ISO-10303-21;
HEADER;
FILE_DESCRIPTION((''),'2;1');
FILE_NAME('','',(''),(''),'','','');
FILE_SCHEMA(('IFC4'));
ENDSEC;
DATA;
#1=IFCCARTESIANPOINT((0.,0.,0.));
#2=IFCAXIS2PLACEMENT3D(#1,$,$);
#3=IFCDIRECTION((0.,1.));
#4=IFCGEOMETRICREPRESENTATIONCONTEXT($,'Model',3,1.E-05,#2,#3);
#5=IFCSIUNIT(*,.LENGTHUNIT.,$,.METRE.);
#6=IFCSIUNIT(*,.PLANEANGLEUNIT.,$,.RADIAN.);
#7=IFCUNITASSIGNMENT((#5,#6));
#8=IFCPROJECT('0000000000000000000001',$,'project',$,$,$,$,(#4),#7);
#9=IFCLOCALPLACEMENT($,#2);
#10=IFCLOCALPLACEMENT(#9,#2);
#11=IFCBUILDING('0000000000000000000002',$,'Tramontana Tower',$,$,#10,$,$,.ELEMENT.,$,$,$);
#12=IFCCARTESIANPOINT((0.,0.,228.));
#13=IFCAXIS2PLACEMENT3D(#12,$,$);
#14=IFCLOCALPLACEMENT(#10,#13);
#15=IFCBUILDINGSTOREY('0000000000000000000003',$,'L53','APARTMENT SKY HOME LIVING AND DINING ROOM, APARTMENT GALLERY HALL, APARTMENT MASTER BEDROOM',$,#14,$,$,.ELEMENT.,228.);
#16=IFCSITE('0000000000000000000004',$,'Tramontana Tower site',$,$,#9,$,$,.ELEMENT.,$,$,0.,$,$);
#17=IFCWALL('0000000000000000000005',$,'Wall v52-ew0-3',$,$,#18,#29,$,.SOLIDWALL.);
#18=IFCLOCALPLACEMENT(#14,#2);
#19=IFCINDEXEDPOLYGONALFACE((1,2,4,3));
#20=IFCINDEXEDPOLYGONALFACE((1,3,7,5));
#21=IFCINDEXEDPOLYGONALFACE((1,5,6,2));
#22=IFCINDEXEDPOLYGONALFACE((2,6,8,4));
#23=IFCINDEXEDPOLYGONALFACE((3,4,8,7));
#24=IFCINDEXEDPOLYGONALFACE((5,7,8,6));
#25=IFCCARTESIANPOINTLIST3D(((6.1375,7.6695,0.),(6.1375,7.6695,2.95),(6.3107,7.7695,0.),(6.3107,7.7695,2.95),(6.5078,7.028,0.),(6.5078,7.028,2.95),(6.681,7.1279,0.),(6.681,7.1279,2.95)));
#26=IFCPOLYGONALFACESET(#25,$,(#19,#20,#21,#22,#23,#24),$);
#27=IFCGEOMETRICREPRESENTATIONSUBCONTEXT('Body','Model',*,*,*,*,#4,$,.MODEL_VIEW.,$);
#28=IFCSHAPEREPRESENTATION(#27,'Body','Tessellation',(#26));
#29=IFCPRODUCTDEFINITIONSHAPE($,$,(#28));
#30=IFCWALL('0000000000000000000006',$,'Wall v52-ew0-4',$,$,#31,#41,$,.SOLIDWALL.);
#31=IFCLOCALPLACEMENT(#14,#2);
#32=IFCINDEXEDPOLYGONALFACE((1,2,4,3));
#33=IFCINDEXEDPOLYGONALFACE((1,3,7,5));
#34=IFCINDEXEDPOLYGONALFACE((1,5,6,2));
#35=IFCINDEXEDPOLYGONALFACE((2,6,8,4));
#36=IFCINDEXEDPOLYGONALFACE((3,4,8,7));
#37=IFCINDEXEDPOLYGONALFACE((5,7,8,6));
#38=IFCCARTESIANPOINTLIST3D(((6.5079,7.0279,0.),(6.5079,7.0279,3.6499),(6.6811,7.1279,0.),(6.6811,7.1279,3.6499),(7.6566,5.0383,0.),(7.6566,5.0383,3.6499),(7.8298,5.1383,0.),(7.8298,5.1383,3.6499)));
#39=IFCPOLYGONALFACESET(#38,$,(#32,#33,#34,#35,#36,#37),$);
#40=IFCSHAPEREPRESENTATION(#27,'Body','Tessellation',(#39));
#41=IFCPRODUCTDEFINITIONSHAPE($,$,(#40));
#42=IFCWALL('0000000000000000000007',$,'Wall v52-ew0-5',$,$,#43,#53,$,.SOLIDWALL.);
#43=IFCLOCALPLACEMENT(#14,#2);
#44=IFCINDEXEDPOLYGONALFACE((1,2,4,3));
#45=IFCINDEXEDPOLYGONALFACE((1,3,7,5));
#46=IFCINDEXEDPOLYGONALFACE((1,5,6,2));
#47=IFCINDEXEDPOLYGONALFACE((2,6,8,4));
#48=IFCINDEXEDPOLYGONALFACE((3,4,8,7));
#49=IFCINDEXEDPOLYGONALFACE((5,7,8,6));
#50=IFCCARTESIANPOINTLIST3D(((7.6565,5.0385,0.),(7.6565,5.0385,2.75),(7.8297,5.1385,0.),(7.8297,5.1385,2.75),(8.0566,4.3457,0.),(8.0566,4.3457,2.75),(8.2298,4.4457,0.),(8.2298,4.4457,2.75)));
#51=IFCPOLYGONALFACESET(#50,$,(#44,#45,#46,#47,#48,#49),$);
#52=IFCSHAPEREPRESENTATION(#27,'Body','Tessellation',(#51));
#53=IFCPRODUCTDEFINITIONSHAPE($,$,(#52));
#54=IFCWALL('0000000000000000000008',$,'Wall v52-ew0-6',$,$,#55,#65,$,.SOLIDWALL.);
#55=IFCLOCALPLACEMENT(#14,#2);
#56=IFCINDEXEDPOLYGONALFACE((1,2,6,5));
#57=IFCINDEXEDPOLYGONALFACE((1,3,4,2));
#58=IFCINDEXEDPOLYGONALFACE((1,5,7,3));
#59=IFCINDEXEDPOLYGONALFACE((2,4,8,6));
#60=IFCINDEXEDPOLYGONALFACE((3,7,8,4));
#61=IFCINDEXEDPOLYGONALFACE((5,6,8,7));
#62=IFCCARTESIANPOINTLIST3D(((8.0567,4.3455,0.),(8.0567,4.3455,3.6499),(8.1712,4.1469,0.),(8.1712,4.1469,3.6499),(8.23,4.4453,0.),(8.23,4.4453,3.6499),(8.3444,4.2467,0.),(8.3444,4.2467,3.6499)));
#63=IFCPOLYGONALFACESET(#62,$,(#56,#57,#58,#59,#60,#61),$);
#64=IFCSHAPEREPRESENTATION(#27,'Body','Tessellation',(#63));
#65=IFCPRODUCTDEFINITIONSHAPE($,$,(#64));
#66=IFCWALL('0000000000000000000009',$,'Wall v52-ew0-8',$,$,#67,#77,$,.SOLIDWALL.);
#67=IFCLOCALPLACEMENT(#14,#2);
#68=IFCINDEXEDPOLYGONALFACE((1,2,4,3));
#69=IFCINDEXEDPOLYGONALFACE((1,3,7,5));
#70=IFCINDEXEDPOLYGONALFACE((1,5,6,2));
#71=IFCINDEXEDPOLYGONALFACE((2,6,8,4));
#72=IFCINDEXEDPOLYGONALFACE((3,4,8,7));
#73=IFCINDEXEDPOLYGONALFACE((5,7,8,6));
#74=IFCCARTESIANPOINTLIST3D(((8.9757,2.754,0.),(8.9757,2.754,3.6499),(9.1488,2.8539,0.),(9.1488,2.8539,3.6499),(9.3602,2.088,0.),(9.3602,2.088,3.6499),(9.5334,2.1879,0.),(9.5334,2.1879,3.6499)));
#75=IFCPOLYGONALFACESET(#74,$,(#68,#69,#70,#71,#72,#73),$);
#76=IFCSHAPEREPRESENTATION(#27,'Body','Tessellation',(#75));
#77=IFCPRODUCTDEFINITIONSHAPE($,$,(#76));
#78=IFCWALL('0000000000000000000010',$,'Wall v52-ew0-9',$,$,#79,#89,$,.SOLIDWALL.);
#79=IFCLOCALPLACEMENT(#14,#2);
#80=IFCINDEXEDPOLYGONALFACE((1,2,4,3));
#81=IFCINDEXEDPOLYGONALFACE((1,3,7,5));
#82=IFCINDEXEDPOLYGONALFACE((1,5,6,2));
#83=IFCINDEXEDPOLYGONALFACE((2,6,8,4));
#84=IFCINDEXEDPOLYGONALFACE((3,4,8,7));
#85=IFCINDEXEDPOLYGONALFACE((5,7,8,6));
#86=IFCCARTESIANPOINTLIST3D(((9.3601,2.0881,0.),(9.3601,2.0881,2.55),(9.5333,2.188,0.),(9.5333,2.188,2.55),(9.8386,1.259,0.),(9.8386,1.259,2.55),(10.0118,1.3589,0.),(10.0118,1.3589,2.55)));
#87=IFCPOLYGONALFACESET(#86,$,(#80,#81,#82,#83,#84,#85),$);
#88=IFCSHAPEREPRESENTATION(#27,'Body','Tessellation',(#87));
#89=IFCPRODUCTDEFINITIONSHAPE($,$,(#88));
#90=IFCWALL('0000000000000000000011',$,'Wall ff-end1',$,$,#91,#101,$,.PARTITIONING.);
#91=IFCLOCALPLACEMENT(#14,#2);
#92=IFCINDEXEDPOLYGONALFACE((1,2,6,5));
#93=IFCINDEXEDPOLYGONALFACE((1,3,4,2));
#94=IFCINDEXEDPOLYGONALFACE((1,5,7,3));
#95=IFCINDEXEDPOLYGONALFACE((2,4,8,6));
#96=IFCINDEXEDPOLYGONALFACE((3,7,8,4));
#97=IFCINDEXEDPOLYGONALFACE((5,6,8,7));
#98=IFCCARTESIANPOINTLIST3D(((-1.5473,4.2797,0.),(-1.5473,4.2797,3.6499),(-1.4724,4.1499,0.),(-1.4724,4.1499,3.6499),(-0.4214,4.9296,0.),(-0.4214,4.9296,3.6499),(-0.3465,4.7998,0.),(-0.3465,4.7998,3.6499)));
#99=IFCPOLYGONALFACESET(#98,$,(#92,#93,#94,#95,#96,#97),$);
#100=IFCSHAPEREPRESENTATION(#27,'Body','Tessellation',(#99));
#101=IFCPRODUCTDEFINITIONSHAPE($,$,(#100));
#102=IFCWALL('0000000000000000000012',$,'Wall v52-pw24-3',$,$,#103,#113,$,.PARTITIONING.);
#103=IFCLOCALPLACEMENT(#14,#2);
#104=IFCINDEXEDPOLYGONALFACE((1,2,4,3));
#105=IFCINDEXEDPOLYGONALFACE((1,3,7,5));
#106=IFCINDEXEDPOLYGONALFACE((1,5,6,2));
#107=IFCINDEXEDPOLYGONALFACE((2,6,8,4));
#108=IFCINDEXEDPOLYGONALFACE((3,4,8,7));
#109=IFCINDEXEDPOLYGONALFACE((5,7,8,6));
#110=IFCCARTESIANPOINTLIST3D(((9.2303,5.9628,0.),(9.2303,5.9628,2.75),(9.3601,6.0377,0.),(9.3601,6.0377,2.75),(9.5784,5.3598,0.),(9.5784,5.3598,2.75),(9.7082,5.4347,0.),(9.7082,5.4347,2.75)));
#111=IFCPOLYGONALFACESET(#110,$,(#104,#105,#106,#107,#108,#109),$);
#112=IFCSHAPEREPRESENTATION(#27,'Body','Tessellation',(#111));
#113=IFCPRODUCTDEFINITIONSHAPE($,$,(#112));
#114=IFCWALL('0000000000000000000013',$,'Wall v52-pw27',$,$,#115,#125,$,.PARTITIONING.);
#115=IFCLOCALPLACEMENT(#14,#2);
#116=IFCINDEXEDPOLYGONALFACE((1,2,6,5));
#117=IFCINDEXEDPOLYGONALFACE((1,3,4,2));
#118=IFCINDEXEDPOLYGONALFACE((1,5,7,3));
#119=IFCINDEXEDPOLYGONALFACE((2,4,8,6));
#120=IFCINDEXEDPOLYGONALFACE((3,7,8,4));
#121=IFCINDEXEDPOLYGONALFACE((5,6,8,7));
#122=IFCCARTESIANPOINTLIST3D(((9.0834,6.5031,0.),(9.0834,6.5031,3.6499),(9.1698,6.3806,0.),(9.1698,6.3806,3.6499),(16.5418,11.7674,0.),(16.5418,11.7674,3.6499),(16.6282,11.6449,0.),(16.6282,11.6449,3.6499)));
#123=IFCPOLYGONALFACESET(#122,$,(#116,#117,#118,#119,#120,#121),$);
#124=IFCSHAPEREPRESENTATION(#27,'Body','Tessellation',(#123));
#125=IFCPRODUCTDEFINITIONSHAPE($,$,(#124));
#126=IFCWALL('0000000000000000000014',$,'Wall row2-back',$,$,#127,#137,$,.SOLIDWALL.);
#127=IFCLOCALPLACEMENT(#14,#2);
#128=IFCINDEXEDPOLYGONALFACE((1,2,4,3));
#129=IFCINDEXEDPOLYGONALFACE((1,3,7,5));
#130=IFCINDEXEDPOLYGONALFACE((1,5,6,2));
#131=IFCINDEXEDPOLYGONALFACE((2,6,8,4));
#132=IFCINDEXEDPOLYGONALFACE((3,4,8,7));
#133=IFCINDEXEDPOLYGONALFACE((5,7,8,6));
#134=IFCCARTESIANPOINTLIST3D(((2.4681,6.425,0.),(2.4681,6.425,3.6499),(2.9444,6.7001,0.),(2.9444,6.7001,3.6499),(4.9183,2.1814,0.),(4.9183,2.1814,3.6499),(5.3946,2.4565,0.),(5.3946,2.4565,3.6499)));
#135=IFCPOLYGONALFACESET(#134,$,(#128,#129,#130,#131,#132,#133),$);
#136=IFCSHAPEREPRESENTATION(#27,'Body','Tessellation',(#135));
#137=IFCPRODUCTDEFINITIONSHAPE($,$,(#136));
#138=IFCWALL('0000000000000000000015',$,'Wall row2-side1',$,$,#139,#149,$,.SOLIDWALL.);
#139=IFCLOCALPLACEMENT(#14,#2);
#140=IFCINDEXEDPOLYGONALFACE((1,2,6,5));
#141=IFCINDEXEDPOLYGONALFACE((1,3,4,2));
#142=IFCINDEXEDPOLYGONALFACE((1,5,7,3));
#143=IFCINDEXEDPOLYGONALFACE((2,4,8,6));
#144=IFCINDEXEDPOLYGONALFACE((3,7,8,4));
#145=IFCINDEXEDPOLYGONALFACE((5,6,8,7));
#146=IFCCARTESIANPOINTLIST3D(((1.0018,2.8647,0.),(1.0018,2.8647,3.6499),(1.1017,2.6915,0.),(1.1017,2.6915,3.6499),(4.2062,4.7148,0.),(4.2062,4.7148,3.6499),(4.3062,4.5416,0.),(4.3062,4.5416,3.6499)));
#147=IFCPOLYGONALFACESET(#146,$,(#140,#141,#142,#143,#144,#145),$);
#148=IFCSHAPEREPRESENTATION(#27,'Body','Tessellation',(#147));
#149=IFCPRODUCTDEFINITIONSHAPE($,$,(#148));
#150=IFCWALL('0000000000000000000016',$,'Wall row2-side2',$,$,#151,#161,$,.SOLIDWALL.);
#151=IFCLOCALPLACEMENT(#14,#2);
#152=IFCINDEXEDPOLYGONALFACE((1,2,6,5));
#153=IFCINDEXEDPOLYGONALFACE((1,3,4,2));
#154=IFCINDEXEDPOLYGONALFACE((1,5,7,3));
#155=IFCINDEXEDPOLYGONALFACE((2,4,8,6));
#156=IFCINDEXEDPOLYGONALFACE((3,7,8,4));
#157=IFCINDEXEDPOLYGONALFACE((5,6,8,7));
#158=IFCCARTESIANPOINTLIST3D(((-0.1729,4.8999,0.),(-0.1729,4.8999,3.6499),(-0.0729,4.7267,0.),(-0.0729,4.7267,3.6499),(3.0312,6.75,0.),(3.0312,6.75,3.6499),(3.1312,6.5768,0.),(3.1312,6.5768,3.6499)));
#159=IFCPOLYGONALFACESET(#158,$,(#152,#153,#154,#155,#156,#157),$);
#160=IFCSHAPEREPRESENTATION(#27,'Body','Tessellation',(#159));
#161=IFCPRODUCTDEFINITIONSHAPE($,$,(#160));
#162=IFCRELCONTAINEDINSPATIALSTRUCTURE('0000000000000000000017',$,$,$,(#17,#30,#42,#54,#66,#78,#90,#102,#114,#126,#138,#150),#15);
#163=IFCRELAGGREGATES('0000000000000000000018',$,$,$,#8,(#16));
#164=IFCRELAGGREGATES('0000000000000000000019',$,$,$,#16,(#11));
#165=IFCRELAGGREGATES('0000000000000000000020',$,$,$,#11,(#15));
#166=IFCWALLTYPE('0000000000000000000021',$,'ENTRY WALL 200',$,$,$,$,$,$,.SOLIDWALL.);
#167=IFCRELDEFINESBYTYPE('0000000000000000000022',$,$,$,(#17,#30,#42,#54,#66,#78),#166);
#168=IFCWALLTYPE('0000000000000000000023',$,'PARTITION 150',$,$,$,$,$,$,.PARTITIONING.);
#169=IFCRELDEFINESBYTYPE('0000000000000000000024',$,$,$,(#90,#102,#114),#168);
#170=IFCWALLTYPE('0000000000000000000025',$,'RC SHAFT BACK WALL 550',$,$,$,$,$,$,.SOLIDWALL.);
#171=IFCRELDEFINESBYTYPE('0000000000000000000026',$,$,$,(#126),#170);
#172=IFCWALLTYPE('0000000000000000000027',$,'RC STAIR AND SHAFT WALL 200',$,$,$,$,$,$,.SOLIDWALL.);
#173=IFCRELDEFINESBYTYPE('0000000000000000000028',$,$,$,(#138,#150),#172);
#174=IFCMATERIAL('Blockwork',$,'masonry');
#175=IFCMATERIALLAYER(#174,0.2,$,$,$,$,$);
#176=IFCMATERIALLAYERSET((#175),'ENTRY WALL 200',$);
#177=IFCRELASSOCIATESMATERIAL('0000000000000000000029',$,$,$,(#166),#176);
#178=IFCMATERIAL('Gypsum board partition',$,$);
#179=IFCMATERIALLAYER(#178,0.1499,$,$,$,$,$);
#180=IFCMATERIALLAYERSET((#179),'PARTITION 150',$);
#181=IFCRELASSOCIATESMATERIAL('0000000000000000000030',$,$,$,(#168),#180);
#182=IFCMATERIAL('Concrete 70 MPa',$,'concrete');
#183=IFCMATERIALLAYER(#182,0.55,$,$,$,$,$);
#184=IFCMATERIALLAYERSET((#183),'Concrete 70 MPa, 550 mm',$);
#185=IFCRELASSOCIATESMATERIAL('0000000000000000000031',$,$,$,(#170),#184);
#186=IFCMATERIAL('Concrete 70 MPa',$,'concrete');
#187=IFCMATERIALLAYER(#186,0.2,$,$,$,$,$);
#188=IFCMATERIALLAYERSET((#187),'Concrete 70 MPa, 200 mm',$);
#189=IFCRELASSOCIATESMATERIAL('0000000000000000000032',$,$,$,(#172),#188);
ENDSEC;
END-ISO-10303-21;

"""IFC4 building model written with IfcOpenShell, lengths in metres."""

from ifc_helpers import new_model, si_unit, direction, frame, frame_2d, origin, place, context, subcontext, project, spatial, rectangle, extrude, material, layer, layer_set, type_object, element, save


model = new_model("IFC4")

# Units and contexts
model_context = context("Model", 3, precision=1e-05, world=origin(), true_north=direction((0.0, 1.0)))
body_context = subcontext(model_context, "Body", "Model", "MODEL_VIEW")
ifc_project = project(units=[si_unit("LENGTHUNIT", "METRE"), si_unit("PLANEANGLEUNIT", "RADIAN")], contexts=[model_context])

# Site, building, storey
site_placement = place(None, origin())
site = spatial("IfcSite", under=ifc_project, at=site_placement, Name="Tramontana Tower site", CompositionType="ELEMENT", RefElevation=0.0)
building_placement = place(site_placement, origin())
building = spatial("IfcBuilding", under=site, at=building_placement, Name="Tramontana Tower", CompositionType="ELEMENT")
storey_placement = place(building_placement, frame((0.0, 0.0, 228.0)))
storey = spatial("IfcBuildingStorey", under=building, at=storey_placement, Name="L53", Description="APARTMENT SKY HOME LIVING AND DINING ROOM, APARTMENT GALLERY HALL, APARTMENT MASTER BEDROOM", CompositionType="ELEMENT", Elevation=228.0)

# Walls
ifc_material_1 = material(Name="Blockwork", Category="masonry")
ifc_layer_1 = layer(ifc_material_1, 0.2)
ifc_layer_set_1 = layer_set([ifc_layer_1], Name="ENTRY WALL 200")
wall_type_1 = type_object("IfcWallType", Name="ENTRY WALL 200", PredefinedType="SOLIDWALL", material=ifc_layer_set_1)
wall_1_placement = place(storey_placement, frame((6.2241, 7.7195, 0.0), z_axis=(0.0, 0.0, 1.0), x_axis=(0.499932, -0.866065, 0.0)))
element("IfcWall", 1, at=wall_1_placement, inside=storey, type_object=wall_type_1, Name="Wall v52-ew0-3", PredefinedType="SOLIDWALL", context=body_context, shape_type="SweptSolid", body=[
    extrude(rectangle(XDim=0.7407, YDim=0.2, at=frame_2d((0.3704, 0.0))), origin(), (0.0, 0.0, 1.0), 2.95),
])
wall_2_placement = place(storey_placement, frame((6.5945, 7.0779, 0.0), z_axis=(0.0, 0.0, 1.0), x_axis=(0.500014, -0.866017, 0.0)))
element("IfcWall", 2, at=wall_2_placement, inside=storey, type_object=wall_type_1, Name="Wall v52-ew0-4", PredefinedType="SOLIDWALL", context=body_context, shape_type="SweptSolid", body=[
    extrude(rectangle(XDim=2.2974, YDim=0.2, at=frame_2d((1.1487, 0.0))), origin(), (0.0, 0.0, 1.0), 3.6499),
])
wall_3_placement = place(storey_placement, frame((7.7432, 5.0884, 0.0), z_axis=(0.0, 0.0, 1.0), x_axis=(0.50011, -0.865962, 0.0)))
element("IfcWall", 3, at=wall_3_placement, inside=storey, type_object=wall_type_1, Name="Wall v52-ew0-5", PredefinedType="SOLIDWALL", context=body_context, shape_type="SweptSolid", body=[
    extrude(rectangle(XDim=0.8, YDim=0.2, at=frame_2d((0.3999, 0.0))), origin(), (0.0, 0.0, 1.0), 2.75),
])
wall_4_placement = place(storey_placement, frame((8.1433, 4.3955, 0.0), z_axis=(0.0, 0.0, 1.0), x_axis=(0.499231, -0.866469, 0.0)))
element("IfcWall", 4, at=wall_4_placement, inside=storey, type_object=wall_type_1, Name="Wall v52-ew0-6", PredefinedType="SOLIDWALL", context=body_context, shape_type="SweptSolid", body=[
    extrude(rectangle(XDim=0.2292, YDim=0.2, at=frame_2d((0.1147, 0.0))), origin(), (0.0, 0.0, 1.0), 3.6499),
])

# Walls
wall_5_placement = place(storey_placement, frame((9.0623, 2.804, 0.0), z_axis=(0.0, 0.0, 1.0), x_axis=(0.499997, -0.866027, 0.0)))
element("IfcWall", 5, at=wall_5_placement, inside=storey, type_object=wall_type_1, Name="Wall v52-ew0-8", PredefinedType="SOLIDWALL", context=body_context, shape_type="SweptSolid", body=[
    extrude(rectangle(XDim=0.769, YDim=0.2, at=frame_2d((0.3845, 0.0))), origin(), (0.0, 0.0, 1.0), 3.6499),
])
wall_6_placement = place(storey_placement, frame((9.4468, 2.1379, 0.0), z_axis=(0.0, 0.0, 1.0), x_axis=(0.49987, -0.866101, 0.0)))
element("IfcWall", 6, at=wall_6_placement, inside=storey, type_object=wall_type_1, Name="Wall v52-ew0-9", PredefinedType="SOLIDWALL", context=body_context, shape_type="SweptSolid", body=[
    extrude(rectangle(XDim=0.9573, YDim=0.2, at=frame_2d((0.4785, 0.0))), origin(), (0.0, 0.0, 1.0), 2.55),
])
ifc_material_2 = material(Name="Gypsum board partition")
ifc_layer_2 = layer(ifc_material_2, 0.1499)
ifc_layer_set_2 = layer_set([ifc_layer_2], Name="PARTITION 150")
wall_type_2 = type_object("IfcWallType", Name="PARTITION 150", PredefinedType="PARTITIONING", material=ifc_layer_set_2)
wall_7_placement = place(storey_placement, frame((-1.5098, 4.2148, 0.0), z_axis=(0.0, 0.0, 1.0), x_axis=(0.866086, 0.499896, 0.0)))
element("IfcWall", 7, at=wall_7_placement, inside=storey, type_object=wall_type_2, Name="Wall ff-end1", PredefinedType="PARTITIONING", context=body_context, shape_type="SweptSolid", body=[
    extrude(rectangle(XDim=1.3, YDim=0.1499, at=frame_2d((0.6499, 0.0))), origin(), (0.0, 0.0, 1.0), 3.6499),
])
wall_8_placement = place(storey_placement, frame((9.2952, 6.0002, 0.0), z_axis=(0.0, 0.0, 1.0), x_axis=(0.499985, -0.866034, 0.0)))
element("IfcWall", 8, at=wall_8_placement, inside=storey, type_object=wall_type_2, Name="Wall v52-pw24-3", PredefinedType="PARTITIONING", context=body_context, shape_type="SweptSolid", body=[
    extrude(rectangle(XDim=0.6963, YDim=0.1499, at=frame_2d((0.3481, 0.0))), origin(), (0.0, 0.0, 1.0), 2.75),
])
wall_9_placement = place(storey_placement, frame((9.1267, 6.4419, 0.0), z_axis=(0.0, 0.0, 1.0), x_axis=(0.816989, 0.576653, 0.0)))
element("IfcWall", 9, at=wall_9_placement, inside=storey, type_object=wall_type_2, Name="Wall v52-pw27", PredefinedType="PARTITIONING", context=body_context, shape_type="SweptSolid", body=[
    extrude(rectangle(XDim=9.1292, YDim=0.1499, at=frame_2d((4.5645, 0.0))), origin(), (0.0, 0.0, 1.0), 3.6499),
])
ifc_material_3 = material(Name="Concrete 70 MPa", Category="concrete")
ifc_layer_3 = layer(ifc_material_3, 0.55)
ifc_layer_set_3 = layer_set([ifc_layer_3], Name="Concrete 70 MPa, 550 mm")
wall_type_3 = type_object("IfcWallType", Name="RC SHAFT BACK WALL 550", PredefinedType="SOLIDWALL", material=ifc_layer_set_3)
wall_10_placement = place(storey_placement, frame((5.1565, 2.3188, 0.0), z_axis=(0.0, 0.0, 1.0), x_axis=(-0.500019, 0.866015, 0.0)))
element("IfcWall", 10, at=wall_10_placement, inside=storey, type_object=wall_type_3, Name="Wall row2-back", PredefinedType="SOLIDWALL", context=body_context, shape_type="SweptSolid", body=[
    extrude(rectangle(XDim=4.9001, YDim=0.55, at=frame_2d((2.4502, 0.0))), origin(), (0.0, 0.0, 1.0), 3.6499),
])

# Shared definitions
ifc_material_4 = material(Name="Concrete 70 MPa", Category="concrete")
ifc_layer_4 = layer(ifc_material_4, 0.2)
ifc_layer_set_4 = layer_set([ifc_layer_4], Name="Concrete 70 MPa, 200 mm")
wall_type_4 = type_object("IfcWallType", Name="RC STAIR AND SHAFT WALL 200", PredefinedType="SOLIDWALL", material=ifc_layer_set_4)

# Walls
wall_11_placement = place(storey_placement, frame((1.0518, 2.7781, 0.0), z_axis=(0.0, 0.0, 1.0), x_axis=(0.866017, 0.500014, 0.0)))
element("IfcWall", 11, at=wall_11_placement, inside=storey, type_object=wall_type_4, Name="Wall row2-side1", PredefinedType="SOLIDWALL", context=body_context, shape_type="SweptSolid", body=[
    extrude(rectangle(XDim=3.7002, YDim=0.2, at=frame_2d((1.8501, 0.0))), origin(), (0.0, 0.0, 1.0), 3.6499),
])
wall_12_placement = place(storey_placement, frame((-0.123, 4.8132, 0.0), z_axis=(0.0, 0.0, 1.0), x_axis=(0.866001, 0.500042, 0.0)))
element("IfcWall", 12, at=wall_12_placement, inside=storey, type_object=wall_type_4, Name="Wall row2-side2", PredefinedType="SOLIDWALL", context=body_context, shape_type="SweptSolid", body=[
    extrude(rectangle(XDim=3.7, YDim=0.2, at=frame_2d((1.8501, 0.0))), origin(), (0.0, 0.0, 1.0), 3.6499),
])

save(model, "model.ifc")
